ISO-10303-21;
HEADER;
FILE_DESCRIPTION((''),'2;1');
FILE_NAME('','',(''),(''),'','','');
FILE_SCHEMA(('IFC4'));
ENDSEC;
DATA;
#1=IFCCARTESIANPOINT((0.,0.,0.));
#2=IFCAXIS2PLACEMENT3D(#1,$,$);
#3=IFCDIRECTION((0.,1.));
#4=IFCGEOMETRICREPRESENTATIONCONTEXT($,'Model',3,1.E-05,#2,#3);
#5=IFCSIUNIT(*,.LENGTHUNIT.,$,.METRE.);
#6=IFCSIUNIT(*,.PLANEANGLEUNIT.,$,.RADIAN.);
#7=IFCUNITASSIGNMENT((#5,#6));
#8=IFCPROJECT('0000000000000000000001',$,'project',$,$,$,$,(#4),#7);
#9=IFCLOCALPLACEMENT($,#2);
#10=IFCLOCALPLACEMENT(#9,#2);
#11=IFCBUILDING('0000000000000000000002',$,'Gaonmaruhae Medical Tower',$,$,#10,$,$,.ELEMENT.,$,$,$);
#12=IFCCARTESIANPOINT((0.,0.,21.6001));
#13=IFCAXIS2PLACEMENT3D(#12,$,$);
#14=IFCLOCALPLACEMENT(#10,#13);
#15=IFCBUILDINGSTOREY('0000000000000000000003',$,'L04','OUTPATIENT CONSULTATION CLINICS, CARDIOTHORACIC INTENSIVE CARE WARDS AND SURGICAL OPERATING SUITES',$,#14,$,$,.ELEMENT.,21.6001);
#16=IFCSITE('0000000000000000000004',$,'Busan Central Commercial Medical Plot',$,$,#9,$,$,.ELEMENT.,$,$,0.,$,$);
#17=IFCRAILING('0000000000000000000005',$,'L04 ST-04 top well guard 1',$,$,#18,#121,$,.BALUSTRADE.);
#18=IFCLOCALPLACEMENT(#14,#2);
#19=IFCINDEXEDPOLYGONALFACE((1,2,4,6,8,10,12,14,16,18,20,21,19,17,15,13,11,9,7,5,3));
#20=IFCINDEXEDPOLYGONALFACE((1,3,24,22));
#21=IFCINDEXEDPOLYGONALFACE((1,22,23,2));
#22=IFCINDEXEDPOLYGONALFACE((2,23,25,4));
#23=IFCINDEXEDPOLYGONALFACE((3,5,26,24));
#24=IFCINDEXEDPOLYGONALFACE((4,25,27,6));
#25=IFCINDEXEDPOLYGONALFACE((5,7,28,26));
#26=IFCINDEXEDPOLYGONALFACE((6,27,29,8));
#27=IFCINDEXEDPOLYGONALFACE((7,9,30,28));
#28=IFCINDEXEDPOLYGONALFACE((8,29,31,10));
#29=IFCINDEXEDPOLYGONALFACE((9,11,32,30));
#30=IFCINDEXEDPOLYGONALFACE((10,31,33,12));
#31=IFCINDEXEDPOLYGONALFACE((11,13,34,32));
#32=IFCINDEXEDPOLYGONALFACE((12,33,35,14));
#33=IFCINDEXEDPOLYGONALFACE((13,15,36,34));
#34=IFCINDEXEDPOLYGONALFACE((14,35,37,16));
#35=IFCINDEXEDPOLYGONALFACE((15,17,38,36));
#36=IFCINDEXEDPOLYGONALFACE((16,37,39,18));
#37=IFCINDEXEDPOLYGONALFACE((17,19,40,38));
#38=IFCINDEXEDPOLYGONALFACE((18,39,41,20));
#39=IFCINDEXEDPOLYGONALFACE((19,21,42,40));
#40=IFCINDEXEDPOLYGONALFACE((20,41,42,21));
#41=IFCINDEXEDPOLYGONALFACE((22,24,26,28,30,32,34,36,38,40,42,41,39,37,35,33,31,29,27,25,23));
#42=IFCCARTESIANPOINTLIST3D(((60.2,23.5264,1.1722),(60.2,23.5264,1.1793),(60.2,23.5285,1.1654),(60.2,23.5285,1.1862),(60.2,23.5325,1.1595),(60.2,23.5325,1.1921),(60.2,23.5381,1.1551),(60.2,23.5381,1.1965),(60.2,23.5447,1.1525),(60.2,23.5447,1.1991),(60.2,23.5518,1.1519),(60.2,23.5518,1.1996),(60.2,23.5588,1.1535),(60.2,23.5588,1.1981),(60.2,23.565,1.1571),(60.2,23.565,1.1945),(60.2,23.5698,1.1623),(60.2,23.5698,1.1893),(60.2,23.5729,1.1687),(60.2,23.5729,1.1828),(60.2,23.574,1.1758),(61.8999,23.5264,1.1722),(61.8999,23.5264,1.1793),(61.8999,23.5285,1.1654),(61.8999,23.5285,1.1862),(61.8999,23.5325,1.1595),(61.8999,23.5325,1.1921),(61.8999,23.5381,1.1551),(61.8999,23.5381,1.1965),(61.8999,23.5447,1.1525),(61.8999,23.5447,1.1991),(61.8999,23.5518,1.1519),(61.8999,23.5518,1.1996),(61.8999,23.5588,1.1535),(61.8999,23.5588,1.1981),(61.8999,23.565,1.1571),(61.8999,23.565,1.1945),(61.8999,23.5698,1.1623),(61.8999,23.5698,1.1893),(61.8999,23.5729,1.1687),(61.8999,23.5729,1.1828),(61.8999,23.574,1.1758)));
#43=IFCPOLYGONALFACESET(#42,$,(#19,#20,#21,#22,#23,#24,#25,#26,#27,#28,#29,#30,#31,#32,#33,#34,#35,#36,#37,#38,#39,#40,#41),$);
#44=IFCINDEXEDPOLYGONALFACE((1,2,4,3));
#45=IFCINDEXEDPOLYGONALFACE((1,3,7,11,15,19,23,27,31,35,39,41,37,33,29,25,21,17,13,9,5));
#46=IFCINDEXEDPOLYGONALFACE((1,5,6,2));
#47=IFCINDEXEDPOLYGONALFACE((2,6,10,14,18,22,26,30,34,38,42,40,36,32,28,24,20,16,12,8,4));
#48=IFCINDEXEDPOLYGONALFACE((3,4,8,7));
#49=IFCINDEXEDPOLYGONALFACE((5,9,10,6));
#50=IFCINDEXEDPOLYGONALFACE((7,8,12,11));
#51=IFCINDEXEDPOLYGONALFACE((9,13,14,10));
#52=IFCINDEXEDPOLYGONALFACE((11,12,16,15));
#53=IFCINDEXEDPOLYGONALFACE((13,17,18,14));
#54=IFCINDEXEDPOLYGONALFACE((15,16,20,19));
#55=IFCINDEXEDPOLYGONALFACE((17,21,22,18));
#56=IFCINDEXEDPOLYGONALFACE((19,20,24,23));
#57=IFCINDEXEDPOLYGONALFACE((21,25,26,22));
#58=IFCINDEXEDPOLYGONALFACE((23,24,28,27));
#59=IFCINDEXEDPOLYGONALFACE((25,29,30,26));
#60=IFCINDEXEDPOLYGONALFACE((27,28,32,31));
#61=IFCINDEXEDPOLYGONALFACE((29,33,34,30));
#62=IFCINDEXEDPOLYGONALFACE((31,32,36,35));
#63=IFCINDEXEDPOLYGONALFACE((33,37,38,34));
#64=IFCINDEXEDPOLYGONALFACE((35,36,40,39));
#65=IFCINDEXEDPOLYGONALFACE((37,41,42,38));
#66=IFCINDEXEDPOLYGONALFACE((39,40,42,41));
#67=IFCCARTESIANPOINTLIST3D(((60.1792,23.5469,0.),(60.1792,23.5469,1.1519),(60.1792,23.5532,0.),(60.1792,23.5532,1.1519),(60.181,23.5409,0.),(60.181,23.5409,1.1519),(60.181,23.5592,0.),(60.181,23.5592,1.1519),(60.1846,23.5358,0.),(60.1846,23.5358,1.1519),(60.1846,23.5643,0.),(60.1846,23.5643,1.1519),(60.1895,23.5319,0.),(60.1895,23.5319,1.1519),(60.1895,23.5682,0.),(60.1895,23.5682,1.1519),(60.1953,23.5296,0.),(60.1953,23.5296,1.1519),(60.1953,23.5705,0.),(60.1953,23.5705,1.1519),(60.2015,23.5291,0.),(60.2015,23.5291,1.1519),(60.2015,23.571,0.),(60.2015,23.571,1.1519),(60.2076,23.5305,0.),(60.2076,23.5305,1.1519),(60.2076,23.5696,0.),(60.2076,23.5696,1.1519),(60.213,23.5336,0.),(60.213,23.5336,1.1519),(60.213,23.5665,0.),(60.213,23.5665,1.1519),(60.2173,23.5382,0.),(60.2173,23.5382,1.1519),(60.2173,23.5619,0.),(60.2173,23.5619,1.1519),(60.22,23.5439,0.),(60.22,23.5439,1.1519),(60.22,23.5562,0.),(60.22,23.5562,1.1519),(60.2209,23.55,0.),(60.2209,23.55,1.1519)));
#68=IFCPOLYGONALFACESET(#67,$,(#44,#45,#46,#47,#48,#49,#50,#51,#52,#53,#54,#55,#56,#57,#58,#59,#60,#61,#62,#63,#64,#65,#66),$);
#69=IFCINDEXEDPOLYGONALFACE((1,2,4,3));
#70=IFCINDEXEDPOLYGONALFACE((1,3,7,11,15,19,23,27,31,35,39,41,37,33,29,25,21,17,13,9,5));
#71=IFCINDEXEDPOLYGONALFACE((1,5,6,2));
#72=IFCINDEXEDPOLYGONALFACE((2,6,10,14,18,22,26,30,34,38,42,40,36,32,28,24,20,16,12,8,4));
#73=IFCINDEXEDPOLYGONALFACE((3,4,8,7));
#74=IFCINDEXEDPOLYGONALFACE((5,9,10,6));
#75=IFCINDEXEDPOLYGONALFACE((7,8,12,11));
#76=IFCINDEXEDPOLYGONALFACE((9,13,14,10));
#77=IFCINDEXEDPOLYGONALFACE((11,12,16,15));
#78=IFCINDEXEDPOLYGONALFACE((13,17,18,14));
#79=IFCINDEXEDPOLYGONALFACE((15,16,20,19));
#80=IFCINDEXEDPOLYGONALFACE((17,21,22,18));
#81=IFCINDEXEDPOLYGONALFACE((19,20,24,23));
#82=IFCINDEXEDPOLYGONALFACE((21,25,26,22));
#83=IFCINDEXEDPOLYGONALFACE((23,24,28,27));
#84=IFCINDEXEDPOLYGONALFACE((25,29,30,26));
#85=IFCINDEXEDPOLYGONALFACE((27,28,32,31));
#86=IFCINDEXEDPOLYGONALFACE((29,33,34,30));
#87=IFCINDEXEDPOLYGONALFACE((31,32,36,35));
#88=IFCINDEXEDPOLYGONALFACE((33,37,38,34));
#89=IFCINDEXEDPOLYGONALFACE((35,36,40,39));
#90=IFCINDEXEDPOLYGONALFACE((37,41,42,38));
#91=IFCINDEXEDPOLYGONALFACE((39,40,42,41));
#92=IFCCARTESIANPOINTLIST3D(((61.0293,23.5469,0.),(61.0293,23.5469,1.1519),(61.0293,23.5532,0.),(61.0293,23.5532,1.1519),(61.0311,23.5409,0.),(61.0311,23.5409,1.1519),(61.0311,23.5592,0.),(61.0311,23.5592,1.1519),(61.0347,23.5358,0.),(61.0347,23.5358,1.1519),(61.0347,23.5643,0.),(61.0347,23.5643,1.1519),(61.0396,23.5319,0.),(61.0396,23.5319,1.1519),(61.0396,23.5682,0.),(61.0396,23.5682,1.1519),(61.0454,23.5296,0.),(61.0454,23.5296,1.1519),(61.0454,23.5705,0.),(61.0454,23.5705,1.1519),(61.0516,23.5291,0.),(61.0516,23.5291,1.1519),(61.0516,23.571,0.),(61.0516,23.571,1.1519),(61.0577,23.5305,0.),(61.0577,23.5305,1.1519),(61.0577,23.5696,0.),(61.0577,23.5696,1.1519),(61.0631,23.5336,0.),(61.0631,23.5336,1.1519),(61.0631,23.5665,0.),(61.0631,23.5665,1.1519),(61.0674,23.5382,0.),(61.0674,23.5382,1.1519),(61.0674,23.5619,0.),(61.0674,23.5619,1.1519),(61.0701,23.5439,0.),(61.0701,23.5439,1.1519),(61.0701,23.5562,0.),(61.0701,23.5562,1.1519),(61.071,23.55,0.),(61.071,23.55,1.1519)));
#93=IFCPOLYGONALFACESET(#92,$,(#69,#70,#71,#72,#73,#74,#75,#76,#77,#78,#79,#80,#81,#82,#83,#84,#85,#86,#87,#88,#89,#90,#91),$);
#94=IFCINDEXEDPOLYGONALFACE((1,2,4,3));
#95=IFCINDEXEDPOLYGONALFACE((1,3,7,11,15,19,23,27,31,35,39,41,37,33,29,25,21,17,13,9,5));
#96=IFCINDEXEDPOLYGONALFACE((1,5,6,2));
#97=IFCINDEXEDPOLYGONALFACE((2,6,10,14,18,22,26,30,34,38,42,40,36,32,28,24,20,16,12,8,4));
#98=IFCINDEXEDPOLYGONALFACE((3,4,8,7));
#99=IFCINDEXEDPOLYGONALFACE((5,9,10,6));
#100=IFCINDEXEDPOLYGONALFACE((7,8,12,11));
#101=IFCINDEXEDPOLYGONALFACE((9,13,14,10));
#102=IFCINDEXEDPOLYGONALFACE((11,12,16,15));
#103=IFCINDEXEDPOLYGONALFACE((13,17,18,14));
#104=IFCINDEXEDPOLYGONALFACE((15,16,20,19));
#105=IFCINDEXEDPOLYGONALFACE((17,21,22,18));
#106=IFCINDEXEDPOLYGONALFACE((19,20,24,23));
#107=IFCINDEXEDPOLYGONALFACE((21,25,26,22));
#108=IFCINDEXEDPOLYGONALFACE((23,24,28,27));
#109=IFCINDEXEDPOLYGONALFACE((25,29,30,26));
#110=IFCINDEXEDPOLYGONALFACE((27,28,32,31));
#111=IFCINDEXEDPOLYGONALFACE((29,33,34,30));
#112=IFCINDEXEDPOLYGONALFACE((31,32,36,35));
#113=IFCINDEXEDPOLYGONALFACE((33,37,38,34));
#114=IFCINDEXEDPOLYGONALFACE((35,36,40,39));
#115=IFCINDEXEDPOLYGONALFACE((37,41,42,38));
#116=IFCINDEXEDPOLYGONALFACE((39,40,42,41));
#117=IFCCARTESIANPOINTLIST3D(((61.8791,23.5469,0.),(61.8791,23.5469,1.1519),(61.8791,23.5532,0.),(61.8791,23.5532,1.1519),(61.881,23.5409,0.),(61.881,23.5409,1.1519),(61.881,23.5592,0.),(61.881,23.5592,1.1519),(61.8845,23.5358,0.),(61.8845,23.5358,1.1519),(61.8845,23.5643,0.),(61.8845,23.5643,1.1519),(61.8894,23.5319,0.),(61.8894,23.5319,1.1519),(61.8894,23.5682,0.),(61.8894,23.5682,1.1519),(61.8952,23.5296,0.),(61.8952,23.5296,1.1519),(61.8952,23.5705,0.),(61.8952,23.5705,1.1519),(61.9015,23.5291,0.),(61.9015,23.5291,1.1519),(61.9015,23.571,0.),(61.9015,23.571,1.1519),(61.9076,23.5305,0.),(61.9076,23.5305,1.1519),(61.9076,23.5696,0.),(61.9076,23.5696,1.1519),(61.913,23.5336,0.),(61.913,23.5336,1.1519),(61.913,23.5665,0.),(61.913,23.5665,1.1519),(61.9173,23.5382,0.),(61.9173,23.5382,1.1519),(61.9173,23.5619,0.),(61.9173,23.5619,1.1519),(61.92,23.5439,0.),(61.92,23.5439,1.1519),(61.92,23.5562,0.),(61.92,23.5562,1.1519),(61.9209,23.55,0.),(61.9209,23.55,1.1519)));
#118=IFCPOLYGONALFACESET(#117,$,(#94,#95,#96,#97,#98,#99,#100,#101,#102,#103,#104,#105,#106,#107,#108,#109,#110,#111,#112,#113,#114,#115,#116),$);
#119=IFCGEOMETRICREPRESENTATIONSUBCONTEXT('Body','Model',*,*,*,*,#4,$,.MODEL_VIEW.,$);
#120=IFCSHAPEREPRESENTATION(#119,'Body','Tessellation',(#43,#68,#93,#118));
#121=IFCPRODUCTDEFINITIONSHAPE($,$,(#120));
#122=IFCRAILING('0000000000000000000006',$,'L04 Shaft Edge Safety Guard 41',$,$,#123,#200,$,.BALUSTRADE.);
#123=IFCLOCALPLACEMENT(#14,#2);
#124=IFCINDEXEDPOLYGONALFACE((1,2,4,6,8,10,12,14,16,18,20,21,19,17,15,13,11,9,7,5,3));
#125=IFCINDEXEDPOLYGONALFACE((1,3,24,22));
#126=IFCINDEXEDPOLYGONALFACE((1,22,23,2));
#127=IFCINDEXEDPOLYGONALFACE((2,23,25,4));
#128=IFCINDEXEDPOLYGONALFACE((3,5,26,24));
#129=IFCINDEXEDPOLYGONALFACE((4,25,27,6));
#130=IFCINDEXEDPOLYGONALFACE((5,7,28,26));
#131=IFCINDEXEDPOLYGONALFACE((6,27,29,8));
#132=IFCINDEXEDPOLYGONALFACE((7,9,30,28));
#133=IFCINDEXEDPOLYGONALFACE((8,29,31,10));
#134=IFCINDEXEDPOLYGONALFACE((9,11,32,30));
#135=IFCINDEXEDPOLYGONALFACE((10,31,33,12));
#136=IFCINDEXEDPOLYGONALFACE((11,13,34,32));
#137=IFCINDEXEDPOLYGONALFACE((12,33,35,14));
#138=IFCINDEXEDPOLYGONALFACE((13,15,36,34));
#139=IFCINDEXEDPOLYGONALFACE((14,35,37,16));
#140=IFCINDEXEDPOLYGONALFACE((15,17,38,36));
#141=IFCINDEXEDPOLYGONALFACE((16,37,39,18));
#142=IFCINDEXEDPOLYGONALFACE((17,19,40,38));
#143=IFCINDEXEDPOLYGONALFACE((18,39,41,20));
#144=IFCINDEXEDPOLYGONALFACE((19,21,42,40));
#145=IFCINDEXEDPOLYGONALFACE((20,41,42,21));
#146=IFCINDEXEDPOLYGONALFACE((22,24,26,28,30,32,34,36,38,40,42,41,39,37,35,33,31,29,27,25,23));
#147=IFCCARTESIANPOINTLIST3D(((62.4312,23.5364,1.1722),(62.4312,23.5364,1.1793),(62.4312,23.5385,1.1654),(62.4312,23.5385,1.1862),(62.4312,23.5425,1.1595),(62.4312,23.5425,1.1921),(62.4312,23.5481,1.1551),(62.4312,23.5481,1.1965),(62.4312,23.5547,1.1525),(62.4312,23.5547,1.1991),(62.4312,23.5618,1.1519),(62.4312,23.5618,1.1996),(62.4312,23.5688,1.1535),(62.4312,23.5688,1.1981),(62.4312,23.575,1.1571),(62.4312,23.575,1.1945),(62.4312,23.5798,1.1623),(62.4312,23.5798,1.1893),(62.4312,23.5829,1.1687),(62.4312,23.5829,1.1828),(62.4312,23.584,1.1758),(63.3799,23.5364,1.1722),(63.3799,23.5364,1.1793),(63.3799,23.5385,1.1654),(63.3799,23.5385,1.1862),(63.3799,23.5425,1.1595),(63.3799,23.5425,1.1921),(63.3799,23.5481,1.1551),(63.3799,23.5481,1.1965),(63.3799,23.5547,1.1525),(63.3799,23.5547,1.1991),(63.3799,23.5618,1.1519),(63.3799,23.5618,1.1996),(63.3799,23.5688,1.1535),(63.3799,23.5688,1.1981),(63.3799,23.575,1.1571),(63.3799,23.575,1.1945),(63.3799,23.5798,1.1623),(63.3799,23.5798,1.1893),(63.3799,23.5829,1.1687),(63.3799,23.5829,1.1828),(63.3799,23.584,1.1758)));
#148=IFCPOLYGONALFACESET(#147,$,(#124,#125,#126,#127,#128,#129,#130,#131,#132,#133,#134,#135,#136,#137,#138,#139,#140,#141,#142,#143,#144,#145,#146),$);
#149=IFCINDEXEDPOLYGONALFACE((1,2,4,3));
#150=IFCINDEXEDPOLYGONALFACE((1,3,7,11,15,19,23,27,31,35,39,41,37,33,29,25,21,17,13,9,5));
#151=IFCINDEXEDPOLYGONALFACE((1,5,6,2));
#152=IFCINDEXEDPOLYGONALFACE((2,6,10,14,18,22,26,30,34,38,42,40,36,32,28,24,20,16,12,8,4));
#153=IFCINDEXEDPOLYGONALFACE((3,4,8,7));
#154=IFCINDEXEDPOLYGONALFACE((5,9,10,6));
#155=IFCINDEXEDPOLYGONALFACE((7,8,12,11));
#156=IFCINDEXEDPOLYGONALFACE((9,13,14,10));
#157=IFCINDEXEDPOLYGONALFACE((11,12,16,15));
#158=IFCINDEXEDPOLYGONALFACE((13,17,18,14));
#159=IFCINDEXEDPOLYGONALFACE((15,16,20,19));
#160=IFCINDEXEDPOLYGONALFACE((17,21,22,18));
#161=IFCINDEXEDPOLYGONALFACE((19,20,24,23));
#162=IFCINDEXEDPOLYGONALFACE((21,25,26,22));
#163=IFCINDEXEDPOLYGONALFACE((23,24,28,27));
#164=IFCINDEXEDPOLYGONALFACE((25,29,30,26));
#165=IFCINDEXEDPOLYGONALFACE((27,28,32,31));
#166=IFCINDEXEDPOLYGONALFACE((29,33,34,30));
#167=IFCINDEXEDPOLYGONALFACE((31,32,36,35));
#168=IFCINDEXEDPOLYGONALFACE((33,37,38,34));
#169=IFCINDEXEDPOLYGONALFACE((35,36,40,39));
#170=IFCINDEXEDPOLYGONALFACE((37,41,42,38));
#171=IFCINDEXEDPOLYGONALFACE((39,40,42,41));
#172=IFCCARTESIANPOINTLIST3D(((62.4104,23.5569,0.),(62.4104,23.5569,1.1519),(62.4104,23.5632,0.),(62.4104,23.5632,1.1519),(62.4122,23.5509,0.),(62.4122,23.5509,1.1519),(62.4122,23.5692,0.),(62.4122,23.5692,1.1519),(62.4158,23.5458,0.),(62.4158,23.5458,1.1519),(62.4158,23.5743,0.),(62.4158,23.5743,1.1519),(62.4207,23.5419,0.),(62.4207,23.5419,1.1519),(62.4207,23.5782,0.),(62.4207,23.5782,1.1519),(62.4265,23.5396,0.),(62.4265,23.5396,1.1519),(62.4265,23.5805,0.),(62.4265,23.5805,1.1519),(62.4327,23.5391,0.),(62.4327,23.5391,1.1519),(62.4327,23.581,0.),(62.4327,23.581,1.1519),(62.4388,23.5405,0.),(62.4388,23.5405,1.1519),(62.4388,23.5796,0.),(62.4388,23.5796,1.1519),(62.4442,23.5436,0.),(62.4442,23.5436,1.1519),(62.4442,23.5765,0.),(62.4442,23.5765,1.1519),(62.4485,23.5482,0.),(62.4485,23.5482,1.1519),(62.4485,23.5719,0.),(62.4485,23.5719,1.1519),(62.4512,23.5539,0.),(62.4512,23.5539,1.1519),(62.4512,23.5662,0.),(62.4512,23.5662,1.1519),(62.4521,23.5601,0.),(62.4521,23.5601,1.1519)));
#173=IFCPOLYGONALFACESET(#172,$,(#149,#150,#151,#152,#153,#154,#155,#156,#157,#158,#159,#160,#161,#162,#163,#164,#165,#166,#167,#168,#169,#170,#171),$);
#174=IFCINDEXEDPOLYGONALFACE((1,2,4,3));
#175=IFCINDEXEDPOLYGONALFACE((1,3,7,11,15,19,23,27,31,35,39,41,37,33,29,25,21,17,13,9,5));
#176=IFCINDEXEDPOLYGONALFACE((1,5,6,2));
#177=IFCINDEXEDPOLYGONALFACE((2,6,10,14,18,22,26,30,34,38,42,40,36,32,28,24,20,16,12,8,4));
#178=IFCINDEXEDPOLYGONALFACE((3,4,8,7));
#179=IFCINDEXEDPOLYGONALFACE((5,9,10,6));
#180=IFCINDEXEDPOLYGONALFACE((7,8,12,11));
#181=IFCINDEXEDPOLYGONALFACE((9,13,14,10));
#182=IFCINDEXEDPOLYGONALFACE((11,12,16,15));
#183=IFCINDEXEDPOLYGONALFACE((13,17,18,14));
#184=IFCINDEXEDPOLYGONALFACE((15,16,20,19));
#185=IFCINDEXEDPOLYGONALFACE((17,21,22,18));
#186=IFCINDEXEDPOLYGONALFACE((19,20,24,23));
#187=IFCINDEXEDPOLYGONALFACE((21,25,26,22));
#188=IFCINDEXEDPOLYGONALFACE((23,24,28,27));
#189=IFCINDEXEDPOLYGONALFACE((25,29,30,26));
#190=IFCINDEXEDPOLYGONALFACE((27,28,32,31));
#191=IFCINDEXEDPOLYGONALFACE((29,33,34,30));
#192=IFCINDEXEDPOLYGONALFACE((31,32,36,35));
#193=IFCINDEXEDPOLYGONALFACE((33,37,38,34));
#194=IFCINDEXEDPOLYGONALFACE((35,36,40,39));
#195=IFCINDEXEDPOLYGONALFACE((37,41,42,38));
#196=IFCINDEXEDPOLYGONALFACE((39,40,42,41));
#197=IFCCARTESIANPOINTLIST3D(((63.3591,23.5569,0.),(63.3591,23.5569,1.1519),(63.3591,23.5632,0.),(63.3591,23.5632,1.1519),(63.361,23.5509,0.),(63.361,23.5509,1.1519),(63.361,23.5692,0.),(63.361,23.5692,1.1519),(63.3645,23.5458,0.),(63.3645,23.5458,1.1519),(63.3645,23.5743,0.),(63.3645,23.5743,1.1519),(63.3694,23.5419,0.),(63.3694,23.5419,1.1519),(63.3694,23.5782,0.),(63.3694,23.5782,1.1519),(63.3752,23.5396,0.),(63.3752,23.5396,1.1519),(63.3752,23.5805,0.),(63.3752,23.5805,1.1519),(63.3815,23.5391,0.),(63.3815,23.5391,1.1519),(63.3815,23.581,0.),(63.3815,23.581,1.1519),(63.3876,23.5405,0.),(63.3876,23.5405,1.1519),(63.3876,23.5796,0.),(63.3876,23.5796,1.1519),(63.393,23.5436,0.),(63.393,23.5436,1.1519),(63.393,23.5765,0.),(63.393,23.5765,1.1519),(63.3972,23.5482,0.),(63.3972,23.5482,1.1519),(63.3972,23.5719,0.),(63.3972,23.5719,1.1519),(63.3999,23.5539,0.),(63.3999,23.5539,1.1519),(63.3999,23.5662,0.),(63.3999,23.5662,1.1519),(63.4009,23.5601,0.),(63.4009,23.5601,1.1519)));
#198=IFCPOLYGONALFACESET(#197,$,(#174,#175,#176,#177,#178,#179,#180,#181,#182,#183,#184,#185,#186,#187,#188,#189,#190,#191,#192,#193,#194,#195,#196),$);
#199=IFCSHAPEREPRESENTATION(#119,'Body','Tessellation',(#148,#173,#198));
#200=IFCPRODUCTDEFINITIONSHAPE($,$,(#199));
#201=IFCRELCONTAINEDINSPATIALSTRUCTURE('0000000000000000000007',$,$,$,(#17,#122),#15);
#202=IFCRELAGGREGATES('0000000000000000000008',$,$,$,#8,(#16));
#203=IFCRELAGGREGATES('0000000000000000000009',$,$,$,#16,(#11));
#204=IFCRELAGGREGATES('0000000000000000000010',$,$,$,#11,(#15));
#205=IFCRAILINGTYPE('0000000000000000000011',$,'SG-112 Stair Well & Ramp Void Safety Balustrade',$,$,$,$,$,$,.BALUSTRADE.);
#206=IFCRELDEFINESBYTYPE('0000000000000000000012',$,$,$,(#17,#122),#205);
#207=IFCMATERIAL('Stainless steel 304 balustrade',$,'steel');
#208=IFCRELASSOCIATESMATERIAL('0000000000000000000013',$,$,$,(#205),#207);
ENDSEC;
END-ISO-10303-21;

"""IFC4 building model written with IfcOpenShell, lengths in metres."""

from ifc_helpers import new_model, si_unit, direction, frame, origin, origin_2d, place, context, subcontext, project, spatial, circle, extrude, material, type_object, element, save


model = new_model("IFC4")

# Units and contexts
model_context = context("Model", 3, precision=1e-05, world=origin(), true_north=direction((0.0, 1.0)))
body_context = subcontext(model_context, "Body", "Model", "MODEL_VIEW")
ifc_project = project(units=[si_unit("LENGTHUNIT", "METRE"), si_unit("PLANEANGLEUNIT", "RADIAN")], contexts=[model_context])

# Site, building, storey
site_placement = place(None, origin())
site = spatial("IfcSite", under=ifc_project, at=site_placement, Name="Busan Central Commercial Medical Plot", CompositionType="ELEMENT", RefElevation=0.0)
building_placement = place(site_placement, origin())
building = spatial("IfcBuilding", under=site, at=building_placement, Name="Gaonmaruhae Medical Tower", CompositionType="ELEMENT")
storey_placement = place(building_placement, frame((0.0, 0.0, 21.6001)))
storey = spatial("IfcBuildingStorey", under=building, at=storey_placement, Name="L04", Description="OUTPATIENT CONSULTATION CLINICS, CARDIOTHORACIC INTENSIVE CARE WARDS AND SURGICAL OPERATING SUITES", CompositionType="ELEMENT", Elevation=21.6001)

# Railings
ifc_material_1 = material(Name="Stainless steel 304 balustrade", Category="steel")
railing_type_1 = type_object("IfcRailingType", Name="SG-112 Stair Well & Ramp Void Safety Balustrade", PredefinedType="BALUSTRADE", material=ifc_material_1)
railing_1_placement = place(storey_placement, frame((60.2, 23.55, 0.0)))
element("IfcRailing", 1, at=railing_1_placement, inside=storey, type_object=railing_type_1, Name="L04 ST-04 top well guard 1", PredefinedType="BALUSTRADE", context=body_context, shape_type="SweptSolid", body=[
    extrude(circle(Radius=0.0239, at=origin_2d()), frame((0.0, 0.0, 1.1758), z_axis=(1.0, 0.0, 0.0), x_axis=(0.0, 1.0, 0.0)), (0.0, 0.0, 1.0), 1.7),
    extrude(circle(Radius=0.021, at=origin_2d()), origin(), (0.0, 0.0, 1.0), 1.1519),
    extrude(circle(Radius=0.021, at=origin_2d()), frame((0.8501, 0.0, 0.0)), (0.0, 0.0, 1.0), 1.1519),
    extrude(circle(Radius=0.021, at=origin_2d()), frame((1.7, 0.0, 0.0)), (0.0, 0.0, 1.0), 1.1519),
])
railing_2_placement = place(storey_placement, frame((62.4312, 23.5601, 0.0)))
element("IfcRailing", 2, at=railing_2_placement, inside=storey, type_object=railing_type_1, Name="L04 Shaft Edge Safety Guard 41", PredefinedType="BALUSTRADE", context=body_context, shape_type="SweptSolid", body=[
    extrude(circle(Radius=0.0239, at=origin_2d()), frame((0.0, 0.0, 1.1758), z_axis=(1.0, 0.0, 0.0), x_axis=(0.0, 1.0, 0.0)), (0.0, 0.0, 1.0), 0.9487),
    extrude(circle(Radius=0.021, at=origin_2d()), origin(), (0.0, 0.0, 1.0), 1.1519),
    extrude(circle(Radius=0.021, at=origin_2d()), frame((0.9487, 0.0, 0.0)), (0.0, 0.0, 1.0), 1.1519),
])

save(model, "model.ifc")
